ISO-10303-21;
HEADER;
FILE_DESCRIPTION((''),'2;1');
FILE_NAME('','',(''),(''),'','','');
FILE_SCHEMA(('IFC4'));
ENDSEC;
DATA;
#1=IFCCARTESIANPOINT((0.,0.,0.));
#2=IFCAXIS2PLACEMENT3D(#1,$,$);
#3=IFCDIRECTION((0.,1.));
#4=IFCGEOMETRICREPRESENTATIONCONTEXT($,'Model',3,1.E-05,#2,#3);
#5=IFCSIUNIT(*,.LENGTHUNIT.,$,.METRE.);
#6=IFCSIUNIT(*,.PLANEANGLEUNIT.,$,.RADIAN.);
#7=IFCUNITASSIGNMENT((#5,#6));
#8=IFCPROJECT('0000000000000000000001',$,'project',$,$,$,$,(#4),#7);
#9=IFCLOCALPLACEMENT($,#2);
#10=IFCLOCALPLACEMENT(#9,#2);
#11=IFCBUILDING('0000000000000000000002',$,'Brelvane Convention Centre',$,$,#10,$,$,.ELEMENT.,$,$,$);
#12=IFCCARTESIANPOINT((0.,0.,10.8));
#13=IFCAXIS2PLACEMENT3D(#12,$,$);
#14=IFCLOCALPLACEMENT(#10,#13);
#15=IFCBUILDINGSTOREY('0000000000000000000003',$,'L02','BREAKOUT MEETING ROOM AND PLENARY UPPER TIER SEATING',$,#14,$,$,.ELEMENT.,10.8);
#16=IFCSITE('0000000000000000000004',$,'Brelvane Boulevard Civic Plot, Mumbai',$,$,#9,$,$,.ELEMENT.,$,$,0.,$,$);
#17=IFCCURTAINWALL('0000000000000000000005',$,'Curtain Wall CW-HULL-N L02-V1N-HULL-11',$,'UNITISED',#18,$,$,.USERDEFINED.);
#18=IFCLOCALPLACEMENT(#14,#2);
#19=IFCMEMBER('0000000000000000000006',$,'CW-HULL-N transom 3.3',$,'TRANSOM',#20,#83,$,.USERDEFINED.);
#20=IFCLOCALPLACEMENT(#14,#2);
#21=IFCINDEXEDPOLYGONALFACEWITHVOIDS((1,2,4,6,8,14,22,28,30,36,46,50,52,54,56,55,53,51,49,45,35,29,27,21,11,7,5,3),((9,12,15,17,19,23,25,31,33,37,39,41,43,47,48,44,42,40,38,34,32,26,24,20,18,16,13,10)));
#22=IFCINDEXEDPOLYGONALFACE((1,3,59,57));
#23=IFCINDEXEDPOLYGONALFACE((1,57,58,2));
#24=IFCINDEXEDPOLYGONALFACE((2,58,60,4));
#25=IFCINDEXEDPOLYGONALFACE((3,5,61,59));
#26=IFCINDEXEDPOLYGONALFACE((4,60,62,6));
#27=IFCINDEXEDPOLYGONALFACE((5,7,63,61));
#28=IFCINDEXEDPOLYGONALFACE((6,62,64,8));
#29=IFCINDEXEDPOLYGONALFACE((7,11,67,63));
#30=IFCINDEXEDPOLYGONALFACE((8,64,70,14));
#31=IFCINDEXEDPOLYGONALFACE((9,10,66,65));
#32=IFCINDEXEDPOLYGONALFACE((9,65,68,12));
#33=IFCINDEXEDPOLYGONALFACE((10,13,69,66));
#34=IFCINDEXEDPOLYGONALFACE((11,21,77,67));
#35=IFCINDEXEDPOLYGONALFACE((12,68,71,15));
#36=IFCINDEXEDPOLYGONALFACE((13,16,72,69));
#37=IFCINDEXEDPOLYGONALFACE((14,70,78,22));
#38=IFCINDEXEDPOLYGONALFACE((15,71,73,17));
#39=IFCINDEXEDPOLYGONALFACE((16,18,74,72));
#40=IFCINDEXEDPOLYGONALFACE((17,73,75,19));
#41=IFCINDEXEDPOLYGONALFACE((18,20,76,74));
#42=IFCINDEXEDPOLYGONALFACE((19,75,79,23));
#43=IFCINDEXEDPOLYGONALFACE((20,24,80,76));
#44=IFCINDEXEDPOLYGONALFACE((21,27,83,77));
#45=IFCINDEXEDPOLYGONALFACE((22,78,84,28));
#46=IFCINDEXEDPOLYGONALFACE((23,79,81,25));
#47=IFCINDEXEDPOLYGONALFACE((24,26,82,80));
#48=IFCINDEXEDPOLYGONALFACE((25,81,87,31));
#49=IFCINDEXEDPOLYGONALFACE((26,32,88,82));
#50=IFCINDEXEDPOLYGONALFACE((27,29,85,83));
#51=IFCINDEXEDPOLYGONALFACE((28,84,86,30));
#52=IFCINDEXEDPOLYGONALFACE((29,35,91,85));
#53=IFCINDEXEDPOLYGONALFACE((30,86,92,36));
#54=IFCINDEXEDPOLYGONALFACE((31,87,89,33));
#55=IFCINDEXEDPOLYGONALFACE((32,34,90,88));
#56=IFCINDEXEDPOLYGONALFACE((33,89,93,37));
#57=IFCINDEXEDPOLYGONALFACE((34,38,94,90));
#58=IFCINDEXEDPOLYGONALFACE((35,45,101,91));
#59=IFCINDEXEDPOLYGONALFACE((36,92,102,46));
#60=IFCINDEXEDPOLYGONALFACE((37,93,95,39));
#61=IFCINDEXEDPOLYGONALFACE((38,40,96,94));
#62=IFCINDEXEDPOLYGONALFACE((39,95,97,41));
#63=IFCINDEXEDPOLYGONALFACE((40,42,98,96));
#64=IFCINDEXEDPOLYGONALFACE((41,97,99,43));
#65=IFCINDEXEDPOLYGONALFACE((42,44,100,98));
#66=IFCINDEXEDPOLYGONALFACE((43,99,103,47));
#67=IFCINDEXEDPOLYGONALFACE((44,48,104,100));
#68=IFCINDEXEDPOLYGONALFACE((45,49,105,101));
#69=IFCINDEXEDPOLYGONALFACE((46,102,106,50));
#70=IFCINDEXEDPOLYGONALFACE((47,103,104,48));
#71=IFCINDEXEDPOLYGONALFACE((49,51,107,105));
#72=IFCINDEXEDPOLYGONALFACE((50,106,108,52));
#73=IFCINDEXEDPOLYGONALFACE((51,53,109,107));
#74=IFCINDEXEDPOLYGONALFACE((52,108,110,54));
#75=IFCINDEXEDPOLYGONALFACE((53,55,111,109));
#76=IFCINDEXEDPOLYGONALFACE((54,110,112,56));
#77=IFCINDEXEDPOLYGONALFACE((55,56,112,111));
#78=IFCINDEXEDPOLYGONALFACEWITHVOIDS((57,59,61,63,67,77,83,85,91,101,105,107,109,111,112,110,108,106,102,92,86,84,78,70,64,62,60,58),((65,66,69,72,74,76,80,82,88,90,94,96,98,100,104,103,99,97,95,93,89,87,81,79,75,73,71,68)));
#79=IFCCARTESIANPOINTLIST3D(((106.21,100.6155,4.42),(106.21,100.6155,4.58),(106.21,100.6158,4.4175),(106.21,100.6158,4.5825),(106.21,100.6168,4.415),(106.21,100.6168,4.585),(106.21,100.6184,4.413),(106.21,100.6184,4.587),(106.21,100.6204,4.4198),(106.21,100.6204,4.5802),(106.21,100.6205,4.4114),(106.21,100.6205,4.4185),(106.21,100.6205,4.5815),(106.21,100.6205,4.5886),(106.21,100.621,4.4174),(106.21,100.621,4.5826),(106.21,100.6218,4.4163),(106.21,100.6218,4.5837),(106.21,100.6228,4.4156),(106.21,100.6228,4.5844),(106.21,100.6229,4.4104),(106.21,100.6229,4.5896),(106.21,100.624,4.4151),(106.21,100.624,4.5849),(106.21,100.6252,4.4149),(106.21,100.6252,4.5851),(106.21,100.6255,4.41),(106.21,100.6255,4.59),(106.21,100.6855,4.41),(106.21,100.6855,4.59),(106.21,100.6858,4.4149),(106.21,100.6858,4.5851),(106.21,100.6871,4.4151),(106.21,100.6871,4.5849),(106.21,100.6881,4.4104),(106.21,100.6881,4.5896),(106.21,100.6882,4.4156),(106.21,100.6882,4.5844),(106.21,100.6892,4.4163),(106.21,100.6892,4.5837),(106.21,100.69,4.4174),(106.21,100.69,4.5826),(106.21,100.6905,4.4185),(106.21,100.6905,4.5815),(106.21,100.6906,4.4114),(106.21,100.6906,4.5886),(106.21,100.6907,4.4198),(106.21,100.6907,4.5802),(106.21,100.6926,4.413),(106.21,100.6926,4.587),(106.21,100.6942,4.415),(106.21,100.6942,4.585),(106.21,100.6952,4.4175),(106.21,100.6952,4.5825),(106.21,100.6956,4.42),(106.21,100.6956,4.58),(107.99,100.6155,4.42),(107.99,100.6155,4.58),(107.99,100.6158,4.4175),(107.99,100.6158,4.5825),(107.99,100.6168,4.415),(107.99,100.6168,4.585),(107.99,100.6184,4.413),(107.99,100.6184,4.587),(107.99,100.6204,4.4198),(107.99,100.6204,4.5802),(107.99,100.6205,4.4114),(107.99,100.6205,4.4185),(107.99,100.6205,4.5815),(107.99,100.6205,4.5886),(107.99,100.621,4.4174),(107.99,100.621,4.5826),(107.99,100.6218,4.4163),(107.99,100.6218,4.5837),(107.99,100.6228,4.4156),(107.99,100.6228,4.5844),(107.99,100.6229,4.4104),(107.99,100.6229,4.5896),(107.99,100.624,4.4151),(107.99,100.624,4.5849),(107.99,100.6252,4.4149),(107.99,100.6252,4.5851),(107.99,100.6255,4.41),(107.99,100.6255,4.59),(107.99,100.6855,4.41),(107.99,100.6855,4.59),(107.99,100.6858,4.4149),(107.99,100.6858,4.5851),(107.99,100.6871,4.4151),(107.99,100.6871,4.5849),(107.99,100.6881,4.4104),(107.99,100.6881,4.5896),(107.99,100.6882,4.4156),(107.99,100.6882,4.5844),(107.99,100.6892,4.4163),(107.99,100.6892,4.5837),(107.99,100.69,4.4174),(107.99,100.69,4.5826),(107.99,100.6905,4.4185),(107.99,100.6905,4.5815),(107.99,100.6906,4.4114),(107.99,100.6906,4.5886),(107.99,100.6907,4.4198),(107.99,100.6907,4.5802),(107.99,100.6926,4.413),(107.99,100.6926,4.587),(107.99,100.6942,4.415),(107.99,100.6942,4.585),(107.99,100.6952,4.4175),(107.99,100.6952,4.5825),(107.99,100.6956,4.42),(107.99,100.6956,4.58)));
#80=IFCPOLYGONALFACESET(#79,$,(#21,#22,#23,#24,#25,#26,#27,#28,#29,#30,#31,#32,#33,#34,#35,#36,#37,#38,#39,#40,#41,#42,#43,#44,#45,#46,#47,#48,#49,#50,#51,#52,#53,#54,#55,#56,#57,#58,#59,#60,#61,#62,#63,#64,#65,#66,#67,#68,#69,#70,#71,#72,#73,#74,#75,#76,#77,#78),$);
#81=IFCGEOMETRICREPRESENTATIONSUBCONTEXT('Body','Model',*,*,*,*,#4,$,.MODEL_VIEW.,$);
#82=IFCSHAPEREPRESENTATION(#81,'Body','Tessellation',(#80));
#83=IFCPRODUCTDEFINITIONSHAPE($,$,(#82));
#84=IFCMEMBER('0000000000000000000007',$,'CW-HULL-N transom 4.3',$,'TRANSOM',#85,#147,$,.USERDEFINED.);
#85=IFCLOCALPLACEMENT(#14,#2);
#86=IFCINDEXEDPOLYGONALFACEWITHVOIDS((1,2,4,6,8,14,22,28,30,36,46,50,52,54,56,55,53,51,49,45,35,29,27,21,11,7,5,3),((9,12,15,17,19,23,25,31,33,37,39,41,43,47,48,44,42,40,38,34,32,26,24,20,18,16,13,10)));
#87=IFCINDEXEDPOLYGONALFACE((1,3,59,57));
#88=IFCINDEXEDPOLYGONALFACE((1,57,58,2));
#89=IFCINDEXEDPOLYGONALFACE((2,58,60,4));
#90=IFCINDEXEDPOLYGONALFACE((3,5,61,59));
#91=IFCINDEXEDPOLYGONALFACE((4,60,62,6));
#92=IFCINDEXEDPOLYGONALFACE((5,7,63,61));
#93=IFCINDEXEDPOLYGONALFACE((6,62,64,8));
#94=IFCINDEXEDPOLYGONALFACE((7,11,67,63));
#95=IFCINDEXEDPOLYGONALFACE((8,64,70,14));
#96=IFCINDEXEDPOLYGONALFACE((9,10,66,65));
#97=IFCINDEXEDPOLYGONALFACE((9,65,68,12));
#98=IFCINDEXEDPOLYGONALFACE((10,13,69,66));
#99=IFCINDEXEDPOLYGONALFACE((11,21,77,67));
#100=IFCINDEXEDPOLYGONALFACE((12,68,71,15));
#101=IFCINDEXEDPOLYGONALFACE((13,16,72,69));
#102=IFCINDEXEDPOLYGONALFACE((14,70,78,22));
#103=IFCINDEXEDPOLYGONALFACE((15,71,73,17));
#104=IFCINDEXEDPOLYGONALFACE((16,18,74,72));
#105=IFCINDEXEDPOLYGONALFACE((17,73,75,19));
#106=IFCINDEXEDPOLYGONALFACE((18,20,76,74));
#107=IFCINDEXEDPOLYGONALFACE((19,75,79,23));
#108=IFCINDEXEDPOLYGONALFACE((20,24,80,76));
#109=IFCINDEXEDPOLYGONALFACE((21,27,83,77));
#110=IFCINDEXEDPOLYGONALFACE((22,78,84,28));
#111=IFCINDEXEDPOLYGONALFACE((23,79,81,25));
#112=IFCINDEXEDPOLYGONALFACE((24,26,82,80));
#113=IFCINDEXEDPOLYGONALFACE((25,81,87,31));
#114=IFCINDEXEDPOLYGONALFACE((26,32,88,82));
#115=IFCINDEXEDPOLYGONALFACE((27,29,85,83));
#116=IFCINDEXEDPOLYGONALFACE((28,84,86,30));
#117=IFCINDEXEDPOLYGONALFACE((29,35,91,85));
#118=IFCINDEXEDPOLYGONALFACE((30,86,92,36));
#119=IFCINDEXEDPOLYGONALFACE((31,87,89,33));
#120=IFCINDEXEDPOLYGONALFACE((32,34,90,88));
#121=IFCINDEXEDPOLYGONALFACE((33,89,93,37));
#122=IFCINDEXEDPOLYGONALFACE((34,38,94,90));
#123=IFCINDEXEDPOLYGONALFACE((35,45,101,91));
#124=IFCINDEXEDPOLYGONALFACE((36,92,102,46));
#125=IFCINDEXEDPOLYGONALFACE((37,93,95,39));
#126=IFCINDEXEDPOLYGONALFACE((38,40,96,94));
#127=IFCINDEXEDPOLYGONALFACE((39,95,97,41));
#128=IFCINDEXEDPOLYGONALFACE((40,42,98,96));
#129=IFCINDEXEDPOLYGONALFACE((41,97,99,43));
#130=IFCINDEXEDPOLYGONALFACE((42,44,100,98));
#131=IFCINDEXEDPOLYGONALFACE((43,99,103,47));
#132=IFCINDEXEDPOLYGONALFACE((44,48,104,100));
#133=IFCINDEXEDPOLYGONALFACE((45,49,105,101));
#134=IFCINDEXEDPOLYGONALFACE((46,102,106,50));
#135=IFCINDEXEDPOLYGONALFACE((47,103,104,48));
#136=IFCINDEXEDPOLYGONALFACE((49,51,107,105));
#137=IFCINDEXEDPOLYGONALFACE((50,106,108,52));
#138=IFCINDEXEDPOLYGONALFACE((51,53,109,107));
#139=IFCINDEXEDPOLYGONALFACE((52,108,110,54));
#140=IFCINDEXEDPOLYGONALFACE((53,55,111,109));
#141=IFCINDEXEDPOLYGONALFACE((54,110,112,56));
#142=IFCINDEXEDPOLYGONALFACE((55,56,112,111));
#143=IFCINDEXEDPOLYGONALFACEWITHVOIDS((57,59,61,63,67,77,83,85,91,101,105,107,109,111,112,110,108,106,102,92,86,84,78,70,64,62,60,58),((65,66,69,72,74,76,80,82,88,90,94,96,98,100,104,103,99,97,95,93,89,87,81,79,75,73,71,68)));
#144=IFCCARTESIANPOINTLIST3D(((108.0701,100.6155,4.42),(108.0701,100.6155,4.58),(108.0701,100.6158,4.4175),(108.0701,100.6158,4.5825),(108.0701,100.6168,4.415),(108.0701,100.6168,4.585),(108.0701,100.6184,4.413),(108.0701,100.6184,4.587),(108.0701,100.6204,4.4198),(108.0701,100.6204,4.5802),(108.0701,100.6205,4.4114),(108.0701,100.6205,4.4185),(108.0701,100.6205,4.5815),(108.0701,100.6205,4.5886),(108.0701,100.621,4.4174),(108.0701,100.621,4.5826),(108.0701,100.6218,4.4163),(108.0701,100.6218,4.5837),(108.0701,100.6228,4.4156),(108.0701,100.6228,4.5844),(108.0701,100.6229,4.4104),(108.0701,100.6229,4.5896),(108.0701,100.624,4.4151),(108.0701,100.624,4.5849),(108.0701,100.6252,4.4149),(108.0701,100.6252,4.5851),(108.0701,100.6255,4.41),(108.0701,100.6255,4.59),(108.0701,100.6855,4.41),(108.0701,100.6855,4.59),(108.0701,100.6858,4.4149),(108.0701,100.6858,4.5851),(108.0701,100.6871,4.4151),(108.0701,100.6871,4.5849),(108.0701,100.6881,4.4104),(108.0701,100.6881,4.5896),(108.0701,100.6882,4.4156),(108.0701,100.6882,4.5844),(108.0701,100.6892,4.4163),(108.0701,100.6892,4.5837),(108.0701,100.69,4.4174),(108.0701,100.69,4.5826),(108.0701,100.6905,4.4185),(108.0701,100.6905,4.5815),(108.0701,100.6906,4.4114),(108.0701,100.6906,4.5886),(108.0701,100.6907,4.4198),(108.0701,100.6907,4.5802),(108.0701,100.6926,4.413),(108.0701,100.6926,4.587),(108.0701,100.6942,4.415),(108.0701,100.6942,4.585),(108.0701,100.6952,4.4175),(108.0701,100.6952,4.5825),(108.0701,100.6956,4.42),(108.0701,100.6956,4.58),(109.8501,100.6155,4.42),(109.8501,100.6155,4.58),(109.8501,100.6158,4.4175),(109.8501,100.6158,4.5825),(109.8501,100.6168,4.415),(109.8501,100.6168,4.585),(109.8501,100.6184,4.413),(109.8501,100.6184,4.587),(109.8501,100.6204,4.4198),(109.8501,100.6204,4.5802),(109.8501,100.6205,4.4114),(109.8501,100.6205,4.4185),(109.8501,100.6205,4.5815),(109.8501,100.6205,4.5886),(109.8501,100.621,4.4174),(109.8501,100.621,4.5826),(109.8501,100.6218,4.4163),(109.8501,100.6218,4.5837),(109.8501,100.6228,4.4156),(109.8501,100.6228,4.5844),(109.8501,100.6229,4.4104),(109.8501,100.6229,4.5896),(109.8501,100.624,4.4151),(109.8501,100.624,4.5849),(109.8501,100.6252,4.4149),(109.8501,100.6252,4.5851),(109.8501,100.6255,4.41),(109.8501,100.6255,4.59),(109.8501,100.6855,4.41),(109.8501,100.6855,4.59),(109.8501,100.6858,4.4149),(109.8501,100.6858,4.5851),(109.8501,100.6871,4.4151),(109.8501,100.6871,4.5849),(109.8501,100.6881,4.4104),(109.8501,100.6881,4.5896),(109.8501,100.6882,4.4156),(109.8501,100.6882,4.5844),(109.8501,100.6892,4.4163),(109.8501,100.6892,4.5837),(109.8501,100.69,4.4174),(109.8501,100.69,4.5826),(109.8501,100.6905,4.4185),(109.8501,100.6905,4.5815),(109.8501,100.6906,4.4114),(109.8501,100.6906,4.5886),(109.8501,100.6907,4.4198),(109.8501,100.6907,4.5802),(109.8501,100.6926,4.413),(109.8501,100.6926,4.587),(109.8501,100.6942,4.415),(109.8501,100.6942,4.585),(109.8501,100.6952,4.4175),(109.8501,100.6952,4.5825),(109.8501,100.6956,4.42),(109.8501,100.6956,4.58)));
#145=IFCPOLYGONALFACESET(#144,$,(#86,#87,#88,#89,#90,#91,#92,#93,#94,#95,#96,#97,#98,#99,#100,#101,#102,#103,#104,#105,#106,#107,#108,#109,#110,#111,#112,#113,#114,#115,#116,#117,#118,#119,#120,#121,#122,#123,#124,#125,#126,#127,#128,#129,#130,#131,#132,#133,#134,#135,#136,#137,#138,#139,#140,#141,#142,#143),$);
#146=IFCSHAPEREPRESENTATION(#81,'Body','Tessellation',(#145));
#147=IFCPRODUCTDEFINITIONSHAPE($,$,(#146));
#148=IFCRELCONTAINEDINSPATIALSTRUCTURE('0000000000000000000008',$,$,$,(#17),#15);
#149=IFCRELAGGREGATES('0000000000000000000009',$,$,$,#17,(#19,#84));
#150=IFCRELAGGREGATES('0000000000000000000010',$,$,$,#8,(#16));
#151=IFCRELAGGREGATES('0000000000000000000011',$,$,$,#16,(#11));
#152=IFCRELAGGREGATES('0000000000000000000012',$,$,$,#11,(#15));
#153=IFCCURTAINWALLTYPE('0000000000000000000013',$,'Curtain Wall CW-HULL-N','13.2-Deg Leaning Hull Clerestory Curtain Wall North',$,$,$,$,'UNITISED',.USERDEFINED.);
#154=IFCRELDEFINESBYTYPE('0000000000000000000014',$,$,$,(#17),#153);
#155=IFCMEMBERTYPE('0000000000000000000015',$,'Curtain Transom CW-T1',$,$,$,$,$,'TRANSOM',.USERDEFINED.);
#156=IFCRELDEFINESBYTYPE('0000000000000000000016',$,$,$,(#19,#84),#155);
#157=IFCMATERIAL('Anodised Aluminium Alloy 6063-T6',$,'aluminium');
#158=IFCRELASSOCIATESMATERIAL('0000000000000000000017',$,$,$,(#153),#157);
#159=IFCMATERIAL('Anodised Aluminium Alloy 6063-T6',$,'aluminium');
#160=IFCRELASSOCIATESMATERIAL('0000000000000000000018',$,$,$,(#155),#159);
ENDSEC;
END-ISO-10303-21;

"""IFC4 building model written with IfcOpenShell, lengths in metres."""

from ifc_helpers import new_model, si_unit, direction, frame, origin, origin_2d, place, context, subcontext, project, spatial, hollow_rectangle, extrude, material, material_profile, profile_set, type_object, element, aggregate, save


model = new_model("IFC4")

# Units and contexts
model_context = context("Model", 3, precision=1e-05, world=origin(), true_north=direction((0.0, 1.0)))
body_context = subcontext(model_context, "Body", "Model", "MODEL_VIEW")
ifc_project = project(units=[si_unit("LENGTHUNIT", "METRE"), si_unit("PLANEANGLEUNIT", "RADIAN")], contexts=[model_context])

# Site, building, storey
site_placement = place(None, origin())
site = spatial("IfcSite", under=ifc_project, at=site_placement, Name="Brelvane Boulevard Civic Plot, Mumbai", CompositionType="ELEMENT", RefElevation=0.0)
building_placement = place(site_placement, origin())
building = spatial("IfcBuilding", under=site, at=building_placement, Name="Brelvane Convention Centre", CompositionType="ELEMENT")
storey_placement = place(building_placement, frame((0.0, 0.0, 10.8)))
storey = spatial("IfcBuildingStorey", under=building, at=storey_placement, Name="L02", Description="BREAKOUT MEETING ROOM AND PLENARY UPPER TIER SEATING", CompositionType="ELEMENT", Elevation=10.8)

# Curtain wall, members
ifc_material_1 = material(Name="Anodised Aluminium Alloy 6063-T6", Category="aluminium")
curtain_wall_type = type_object("IfcCurtainWallType", Name="Curtain Wall CW-HULL-N", Description="13.2-Deg Leaning Hull Clerestory Curtain Wall North", ElementType="UNITISED", PredefinedType="USERDEFINED", material=ifc_material_1)
curtain_wall_1_placement = place(storey_placement, origin())
curtain_wall_1 = element("IfcCurtainWall", 1, at=curtain_wall_1_placement, inside=storey, type_object=curtain_wall_type, Name="Curtain Wall CW-HULL-N L02-V1N-HULL-11", ObjectType="UNITISED", PredefinedType="USERDEFINED")
ifc_material_2 = material(Name="Anodised Aluminium Alloy 6063-T6", Category="aluminium")
ifc_material_profile = material_profile(ifc_material_2, hollow_rectangle(XDim=0.0801, YDim=0.1799, WallThickness=0.0049, InnerFilletRadius=0.0049, OuterFilletRadius=0.01, at=origin_2d()), Name="ALU-T 180x80x5.0")
ifc_profile_set = profile_set([ifc_material_profile], Name="Anodised Aluminium Alloy 6063-T6")
member_type = type_object("IfcMemberType", Name="Curtain Transom CW-T1", ElementType="TRANSOM", PredefinedType="USERDEFINED", material=ifc_profile_set)
member_1_placement = place(storey_placement, frame((106.21, 100.6555, 4.5), z_axis=(1.0, 0.0, 0.0), x_axis=(0.0, 1.0, 0.0)))
member_1 = element("IfcMember", 2, at=member_1_placement, type_object=member_type, Name="CW-HULL-N transom 3.3", ObjectType="TRANSOM", PredefinedType="USERDEFINED", context=body_context, shape_type="SweptSolid", body=[
    extrude(hollow_rectangle(XDim=0.0801, YDim=0.1799, WallThickness=0.0049, InnerFilletRadius=0.0049, OuterFilletRadius=0.01, at=origin_2d()), origin(), (0.0, 0.0, 1.0), 1.78),
])
member_2_placement = place(storey_placement, frame((108.0701, 100.6555, 4.5), z_axis=(1.0, 0.0, 0.0), x_axis=(0.0, 1.0, 0.0)))
member_2 = element("IfcMember", 3, at=member_2_placement, type_object=member_type, Name="CW-HULL-N transom 4.3", ObjectType="TRANSOM", PredefinedType="USERDEFINED", context=body_context, shape_type="SweptSolid", body=[
    extrude(hollow_rectangle(XDim=0.0801, YDim=0.1799, WallThickness=0.0049, InnerFilletRadius=0.0049, OuterFilletRadius=0.01, at=origin_2d()), origin(), (0.0, 0.0, 1.0), 1.78),
])

aggregate(curtain_wall_1, [member_1, member_2])

save(model, "model.ifc")
